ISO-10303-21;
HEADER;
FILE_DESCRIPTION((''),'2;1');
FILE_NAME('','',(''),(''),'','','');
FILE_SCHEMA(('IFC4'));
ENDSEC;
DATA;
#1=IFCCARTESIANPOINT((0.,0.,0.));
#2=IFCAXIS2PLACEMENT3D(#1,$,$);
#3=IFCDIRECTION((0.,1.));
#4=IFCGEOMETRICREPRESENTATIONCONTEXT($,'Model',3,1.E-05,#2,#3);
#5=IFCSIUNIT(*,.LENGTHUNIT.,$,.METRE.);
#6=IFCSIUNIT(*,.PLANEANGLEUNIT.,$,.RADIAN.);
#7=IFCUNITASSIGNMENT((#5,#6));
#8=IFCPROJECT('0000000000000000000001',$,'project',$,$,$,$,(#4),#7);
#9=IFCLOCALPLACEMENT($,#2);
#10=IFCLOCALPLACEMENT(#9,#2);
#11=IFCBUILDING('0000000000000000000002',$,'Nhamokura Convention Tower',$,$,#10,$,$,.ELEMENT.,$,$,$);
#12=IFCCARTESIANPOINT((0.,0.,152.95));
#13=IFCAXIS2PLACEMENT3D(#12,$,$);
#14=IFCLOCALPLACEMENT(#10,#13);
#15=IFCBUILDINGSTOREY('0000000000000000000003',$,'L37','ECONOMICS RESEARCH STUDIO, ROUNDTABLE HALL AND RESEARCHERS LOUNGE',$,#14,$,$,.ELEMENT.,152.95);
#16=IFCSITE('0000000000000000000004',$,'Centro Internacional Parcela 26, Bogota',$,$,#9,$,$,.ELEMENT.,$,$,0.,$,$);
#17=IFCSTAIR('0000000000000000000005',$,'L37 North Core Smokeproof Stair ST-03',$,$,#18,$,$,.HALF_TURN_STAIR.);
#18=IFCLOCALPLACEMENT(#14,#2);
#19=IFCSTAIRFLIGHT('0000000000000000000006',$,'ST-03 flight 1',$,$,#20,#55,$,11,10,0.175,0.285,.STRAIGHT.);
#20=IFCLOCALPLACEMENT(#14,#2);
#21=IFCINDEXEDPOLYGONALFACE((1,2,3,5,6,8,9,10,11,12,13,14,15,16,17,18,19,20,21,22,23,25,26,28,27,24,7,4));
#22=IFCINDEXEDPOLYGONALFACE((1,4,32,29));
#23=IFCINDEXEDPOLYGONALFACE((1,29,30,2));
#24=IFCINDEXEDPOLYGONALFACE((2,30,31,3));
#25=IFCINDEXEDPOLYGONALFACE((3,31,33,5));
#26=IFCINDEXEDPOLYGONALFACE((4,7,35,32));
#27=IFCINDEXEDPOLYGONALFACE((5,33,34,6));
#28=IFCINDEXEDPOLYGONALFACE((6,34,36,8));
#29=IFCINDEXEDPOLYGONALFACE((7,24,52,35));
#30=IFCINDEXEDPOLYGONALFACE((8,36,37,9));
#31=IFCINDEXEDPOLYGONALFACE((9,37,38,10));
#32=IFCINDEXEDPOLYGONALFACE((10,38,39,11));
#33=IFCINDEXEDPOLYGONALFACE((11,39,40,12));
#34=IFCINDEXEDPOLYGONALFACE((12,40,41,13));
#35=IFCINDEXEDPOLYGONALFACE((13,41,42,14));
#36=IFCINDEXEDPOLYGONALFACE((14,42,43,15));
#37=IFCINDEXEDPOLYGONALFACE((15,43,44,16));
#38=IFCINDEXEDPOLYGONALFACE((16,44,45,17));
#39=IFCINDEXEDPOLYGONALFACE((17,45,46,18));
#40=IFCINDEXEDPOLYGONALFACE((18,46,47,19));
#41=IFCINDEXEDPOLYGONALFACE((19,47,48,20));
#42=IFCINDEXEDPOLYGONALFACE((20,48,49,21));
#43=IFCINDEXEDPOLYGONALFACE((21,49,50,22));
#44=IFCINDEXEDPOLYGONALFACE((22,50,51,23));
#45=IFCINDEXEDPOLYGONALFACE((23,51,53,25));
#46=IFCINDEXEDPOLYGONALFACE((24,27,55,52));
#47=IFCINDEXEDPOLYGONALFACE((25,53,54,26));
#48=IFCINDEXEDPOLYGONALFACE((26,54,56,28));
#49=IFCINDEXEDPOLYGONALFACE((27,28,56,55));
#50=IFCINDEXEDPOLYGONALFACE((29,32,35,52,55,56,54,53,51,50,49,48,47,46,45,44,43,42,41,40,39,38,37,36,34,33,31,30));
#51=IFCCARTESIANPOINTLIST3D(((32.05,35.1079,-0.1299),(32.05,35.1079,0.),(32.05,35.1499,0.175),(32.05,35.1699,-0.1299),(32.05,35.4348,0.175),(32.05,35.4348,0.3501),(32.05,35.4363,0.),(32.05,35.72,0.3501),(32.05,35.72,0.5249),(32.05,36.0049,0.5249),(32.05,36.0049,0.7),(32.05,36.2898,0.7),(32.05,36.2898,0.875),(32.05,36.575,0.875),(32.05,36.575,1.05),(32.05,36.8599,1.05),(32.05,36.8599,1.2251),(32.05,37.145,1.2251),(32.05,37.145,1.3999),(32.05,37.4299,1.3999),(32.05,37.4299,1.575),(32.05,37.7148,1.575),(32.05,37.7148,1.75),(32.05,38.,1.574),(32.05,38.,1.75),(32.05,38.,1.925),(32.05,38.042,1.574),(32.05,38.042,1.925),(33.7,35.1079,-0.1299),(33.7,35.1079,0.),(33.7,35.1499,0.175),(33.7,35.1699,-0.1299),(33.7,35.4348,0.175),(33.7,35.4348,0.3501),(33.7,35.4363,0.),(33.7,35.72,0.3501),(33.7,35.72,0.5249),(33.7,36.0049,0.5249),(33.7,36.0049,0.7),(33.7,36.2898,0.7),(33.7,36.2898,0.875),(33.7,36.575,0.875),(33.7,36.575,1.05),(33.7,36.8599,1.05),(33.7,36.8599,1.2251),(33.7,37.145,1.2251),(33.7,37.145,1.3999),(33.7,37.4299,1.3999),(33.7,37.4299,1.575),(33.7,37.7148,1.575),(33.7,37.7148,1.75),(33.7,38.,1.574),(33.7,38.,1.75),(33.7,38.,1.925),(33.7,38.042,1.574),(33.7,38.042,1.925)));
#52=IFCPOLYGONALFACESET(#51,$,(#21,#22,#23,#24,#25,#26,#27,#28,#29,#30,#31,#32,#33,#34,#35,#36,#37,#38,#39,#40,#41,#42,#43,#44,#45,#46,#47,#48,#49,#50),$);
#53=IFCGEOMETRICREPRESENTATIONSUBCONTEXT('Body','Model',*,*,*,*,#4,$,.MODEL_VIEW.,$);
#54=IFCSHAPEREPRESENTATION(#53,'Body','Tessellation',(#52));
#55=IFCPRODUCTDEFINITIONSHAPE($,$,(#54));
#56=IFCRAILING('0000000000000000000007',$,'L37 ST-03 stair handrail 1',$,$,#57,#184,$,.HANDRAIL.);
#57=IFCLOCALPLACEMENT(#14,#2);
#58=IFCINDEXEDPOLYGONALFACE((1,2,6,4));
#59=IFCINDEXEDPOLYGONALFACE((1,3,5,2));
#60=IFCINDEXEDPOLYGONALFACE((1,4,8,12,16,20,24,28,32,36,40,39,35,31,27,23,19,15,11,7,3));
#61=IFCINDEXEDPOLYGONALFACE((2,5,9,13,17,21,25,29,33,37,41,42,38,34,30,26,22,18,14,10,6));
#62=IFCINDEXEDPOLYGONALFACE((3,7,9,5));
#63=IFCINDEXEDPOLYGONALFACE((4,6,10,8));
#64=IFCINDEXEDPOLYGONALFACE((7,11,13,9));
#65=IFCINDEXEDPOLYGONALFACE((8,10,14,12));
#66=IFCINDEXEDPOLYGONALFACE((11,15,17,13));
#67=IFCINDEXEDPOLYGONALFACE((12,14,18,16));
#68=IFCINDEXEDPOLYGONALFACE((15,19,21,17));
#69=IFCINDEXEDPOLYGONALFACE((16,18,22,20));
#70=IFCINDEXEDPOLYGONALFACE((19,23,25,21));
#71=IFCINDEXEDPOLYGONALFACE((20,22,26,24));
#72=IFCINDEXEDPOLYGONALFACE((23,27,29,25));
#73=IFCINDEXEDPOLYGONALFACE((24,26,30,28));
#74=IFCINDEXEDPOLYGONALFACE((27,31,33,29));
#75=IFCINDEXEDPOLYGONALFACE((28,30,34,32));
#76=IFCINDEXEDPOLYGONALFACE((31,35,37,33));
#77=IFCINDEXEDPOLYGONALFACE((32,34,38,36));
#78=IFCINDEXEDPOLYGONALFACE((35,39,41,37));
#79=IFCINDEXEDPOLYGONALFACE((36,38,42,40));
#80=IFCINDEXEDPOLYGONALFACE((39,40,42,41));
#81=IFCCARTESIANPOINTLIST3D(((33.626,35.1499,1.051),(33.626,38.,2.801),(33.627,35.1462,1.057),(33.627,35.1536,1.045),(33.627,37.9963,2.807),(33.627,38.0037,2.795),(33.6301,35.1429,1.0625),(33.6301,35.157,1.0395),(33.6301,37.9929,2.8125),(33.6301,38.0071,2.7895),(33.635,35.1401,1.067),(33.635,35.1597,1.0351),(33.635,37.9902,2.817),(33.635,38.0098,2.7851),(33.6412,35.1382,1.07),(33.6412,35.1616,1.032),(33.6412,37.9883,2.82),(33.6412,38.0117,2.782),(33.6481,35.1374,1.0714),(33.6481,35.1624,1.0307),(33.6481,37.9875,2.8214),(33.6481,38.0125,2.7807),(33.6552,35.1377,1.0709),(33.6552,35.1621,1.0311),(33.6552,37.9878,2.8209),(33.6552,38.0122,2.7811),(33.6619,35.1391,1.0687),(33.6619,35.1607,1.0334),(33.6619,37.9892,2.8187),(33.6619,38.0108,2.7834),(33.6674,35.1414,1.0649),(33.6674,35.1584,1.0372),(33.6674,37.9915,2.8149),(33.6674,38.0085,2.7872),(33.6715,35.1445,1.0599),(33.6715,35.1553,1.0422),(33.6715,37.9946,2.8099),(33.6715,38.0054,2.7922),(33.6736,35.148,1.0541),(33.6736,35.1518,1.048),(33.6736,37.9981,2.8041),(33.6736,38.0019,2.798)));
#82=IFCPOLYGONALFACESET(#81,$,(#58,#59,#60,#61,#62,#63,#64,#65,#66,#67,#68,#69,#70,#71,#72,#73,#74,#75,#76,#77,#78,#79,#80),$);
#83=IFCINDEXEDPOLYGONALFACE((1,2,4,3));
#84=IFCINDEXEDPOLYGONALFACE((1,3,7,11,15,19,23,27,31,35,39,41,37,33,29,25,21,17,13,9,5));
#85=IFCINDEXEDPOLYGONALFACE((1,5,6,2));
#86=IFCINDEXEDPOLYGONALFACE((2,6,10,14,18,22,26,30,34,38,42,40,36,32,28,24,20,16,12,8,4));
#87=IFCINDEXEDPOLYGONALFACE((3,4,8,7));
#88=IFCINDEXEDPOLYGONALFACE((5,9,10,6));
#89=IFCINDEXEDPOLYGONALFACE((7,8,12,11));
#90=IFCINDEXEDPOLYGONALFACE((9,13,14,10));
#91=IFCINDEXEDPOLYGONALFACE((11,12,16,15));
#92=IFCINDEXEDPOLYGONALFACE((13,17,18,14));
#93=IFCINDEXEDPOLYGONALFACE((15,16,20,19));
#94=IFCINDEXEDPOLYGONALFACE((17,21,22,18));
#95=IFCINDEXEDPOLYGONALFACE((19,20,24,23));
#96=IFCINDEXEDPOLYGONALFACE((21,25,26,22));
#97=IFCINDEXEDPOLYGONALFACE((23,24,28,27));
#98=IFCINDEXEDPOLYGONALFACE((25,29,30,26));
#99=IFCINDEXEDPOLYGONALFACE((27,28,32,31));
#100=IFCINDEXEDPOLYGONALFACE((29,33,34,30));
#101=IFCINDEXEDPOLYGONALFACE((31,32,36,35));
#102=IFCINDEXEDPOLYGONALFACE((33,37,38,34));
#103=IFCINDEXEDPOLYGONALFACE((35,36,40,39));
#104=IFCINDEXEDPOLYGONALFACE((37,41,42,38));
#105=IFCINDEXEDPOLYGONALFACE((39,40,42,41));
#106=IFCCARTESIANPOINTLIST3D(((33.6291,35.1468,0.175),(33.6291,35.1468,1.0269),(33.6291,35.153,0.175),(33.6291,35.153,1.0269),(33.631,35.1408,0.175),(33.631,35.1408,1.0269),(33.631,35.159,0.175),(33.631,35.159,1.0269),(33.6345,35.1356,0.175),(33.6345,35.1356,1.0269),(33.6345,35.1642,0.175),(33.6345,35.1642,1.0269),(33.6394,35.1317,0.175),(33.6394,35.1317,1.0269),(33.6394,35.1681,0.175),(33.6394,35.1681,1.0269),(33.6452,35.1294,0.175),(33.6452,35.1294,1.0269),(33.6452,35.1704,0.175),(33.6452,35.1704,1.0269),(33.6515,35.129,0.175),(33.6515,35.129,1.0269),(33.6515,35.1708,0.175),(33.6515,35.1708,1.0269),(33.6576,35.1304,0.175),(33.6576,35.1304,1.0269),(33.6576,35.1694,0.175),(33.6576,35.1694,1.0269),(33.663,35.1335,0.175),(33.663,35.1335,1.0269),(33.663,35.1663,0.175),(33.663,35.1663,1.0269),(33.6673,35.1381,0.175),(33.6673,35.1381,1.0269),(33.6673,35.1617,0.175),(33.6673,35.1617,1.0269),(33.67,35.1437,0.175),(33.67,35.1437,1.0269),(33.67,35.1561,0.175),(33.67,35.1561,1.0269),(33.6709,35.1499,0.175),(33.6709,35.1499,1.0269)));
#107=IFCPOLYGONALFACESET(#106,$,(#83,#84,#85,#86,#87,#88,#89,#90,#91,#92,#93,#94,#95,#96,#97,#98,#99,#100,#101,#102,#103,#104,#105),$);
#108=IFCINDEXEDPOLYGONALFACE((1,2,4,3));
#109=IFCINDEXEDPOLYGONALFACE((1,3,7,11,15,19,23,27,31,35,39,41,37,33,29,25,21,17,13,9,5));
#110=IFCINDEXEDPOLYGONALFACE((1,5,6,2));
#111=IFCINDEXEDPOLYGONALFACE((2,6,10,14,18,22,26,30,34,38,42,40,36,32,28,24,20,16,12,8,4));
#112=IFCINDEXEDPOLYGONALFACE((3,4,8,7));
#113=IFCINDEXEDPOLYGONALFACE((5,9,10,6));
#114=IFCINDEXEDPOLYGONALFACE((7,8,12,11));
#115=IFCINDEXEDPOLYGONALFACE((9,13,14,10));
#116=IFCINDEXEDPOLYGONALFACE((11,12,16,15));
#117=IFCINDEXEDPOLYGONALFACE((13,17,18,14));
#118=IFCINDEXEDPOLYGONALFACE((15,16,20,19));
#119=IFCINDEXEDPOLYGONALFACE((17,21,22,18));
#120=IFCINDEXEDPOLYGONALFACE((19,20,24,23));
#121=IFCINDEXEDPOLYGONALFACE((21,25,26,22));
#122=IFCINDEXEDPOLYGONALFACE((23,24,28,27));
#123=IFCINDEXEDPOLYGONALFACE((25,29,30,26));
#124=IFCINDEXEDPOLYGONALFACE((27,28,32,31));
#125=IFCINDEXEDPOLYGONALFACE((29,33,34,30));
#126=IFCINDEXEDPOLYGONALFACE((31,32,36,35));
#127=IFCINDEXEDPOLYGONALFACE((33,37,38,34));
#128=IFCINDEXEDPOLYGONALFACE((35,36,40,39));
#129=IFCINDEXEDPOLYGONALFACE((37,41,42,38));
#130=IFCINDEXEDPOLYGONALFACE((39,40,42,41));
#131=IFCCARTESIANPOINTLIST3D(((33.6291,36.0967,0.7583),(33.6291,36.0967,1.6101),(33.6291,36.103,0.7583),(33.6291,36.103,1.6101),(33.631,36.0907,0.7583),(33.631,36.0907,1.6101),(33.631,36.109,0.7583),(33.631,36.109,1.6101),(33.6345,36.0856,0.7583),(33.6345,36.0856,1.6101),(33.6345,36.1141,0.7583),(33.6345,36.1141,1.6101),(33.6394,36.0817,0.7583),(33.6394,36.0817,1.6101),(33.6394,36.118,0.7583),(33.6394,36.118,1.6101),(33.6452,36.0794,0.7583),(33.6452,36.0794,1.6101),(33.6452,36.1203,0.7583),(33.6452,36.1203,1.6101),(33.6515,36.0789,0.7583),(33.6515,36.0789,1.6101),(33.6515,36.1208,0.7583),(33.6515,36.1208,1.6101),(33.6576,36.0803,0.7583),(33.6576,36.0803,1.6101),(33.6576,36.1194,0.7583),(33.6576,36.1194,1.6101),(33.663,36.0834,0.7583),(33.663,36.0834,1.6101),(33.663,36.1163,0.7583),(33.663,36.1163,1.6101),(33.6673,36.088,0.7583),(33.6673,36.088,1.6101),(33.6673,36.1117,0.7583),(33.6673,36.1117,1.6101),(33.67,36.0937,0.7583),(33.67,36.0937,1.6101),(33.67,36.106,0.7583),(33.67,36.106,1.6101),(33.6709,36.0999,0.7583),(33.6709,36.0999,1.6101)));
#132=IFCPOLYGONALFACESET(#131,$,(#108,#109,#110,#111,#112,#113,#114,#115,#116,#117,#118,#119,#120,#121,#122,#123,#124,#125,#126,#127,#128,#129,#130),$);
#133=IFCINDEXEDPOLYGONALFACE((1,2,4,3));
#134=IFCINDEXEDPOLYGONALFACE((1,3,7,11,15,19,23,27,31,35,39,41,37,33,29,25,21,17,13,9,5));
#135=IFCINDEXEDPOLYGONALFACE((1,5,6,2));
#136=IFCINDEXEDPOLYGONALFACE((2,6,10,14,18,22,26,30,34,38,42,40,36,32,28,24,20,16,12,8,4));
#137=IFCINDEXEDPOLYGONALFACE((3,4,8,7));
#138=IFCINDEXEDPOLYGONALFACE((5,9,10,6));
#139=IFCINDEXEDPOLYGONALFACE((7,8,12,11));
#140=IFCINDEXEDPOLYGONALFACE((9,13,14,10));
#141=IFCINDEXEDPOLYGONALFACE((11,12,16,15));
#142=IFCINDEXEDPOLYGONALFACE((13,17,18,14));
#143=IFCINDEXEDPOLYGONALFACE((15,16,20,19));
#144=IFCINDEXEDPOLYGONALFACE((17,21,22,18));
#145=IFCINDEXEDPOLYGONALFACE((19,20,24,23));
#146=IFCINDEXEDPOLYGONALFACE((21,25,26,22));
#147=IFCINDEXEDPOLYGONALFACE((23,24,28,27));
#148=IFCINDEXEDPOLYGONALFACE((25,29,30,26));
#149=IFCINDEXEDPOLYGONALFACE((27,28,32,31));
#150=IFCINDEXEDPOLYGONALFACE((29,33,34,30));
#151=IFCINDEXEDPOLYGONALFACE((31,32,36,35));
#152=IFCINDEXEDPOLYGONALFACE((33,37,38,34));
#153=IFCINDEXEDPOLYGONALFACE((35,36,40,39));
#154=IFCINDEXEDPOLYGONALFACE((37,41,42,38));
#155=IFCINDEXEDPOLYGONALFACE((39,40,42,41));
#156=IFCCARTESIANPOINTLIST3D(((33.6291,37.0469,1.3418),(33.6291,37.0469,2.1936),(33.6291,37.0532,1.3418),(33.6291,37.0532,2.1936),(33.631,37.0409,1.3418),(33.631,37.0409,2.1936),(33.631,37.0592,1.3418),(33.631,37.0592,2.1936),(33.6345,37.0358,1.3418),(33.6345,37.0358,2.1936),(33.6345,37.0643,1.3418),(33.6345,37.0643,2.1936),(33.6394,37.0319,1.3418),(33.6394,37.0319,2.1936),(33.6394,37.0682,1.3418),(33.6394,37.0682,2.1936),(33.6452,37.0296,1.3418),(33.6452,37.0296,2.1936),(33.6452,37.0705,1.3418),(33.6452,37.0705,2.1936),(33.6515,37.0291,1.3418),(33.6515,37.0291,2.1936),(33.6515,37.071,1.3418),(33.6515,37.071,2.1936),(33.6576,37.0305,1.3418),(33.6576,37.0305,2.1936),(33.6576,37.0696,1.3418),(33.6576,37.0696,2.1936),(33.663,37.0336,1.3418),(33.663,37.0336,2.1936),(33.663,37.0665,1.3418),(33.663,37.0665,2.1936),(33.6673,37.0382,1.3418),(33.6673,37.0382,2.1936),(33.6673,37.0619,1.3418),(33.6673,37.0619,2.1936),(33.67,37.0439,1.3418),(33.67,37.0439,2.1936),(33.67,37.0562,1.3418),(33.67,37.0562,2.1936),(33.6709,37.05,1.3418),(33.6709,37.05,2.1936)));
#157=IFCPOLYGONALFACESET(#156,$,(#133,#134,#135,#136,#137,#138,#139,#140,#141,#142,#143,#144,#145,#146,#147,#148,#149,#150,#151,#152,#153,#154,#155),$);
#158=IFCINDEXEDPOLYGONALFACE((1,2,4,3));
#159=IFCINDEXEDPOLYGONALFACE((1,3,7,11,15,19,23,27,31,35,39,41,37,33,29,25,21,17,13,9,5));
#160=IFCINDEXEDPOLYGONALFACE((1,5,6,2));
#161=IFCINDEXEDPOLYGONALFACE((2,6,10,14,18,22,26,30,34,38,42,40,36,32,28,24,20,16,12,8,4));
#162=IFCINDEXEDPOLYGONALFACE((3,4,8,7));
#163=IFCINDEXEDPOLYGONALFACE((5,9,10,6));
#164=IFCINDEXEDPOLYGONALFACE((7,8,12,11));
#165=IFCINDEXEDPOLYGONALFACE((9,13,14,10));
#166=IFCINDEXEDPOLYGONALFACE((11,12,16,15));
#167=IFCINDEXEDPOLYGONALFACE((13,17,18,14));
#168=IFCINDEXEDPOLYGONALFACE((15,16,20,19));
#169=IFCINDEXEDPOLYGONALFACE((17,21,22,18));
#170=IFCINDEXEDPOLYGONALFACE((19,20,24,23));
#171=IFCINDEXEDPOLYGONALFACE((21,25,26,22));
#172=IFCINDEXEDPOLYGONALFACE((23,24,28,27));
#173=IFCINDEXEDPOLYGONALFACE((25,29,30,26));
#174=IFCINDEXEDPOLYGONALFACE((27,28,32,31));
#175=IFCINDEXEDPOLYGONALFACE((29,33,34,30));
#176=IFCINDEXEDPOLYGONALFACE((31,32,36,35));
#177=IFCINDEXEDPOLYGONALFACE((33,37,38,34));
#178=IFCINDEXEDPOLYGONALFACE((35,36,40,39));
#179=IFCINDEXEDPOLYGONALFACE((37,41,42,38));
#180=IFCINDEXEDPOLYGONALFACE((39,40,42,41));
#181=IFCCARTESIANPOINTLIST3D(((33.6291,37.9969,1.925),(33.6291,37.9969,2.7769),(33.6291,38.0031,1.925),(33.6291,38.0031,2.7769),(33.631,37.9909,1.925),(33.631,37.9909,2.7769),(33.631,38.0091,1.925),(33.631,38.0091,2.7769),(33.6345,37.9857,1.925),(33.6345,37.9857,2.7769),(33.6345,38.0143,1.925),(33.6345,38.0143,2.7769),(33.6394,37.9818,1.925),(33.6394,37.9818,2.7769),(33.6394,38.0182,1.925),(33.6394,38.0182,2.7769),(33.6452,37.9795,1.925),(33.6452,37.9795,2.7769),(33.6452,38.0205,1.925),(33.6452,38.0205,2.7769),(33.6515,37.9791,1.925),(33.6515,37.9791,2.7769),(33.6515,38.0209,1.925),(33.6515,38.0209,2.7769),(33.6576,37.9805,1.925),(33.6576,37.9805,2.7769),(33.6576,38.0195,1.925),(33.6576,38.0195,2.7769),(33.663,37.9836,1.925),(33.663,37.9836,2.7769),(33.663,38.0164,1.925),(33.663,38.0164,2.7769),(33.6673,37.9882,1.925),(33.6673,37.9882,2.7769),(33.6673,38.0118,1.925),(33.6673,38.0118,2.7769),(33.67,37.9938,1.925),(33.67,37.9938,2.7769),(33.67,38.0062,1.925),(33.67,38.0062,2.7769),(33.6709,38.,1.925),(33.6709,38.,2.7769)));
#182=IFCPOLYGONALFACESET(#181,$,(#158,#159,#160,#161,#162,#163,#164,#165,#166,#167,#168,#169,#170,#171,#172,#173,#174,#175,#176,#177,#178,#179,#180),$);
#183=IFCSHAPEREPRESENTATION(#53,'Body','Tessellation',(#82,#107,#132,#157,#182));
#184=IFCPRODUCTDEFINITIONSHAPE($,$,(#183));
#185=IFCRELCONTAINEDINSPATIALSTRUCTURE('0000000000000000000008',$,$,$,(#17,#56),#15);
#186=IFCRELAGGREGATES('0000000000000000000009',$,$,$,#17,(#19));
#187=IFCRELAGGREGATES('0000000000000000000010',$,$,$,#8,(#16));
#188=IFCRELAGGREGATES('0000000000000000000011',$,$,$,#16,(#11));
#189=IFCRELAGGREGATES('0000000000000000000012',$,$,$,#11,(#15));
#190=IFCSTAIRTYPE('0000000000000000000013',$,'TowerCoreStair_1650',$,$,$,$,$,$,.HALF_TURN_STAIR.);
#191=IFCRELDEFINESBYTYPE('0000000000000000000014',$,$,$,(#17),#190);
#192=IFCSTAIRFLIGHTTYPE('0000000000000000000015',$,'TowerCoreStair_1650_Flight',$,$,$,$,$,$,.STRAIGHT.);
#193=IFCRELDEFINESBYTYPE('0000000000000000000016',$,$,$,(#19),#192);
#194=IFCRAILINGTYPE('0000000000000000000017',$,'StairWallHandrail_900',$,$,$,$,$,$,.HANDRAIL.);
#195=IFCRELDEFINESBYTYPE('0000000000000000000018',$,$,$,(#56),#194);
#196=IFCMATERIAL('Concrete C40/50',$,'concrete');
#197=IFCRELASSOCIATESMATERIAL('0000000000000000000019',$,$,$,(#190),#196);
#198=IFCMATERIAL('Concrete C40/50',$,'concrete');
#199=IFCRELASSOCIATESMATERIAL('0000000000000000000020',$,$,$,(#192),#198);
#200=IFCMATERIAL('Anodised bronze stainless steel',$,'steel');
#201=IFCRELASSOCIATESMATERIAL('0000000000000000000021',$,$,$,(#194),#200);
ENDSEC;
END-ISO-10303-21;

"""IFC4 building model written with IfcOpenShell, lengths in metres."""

from ifc_helpers import new_model, si_unit, direction, frame, origin, origin_2d, place, context, subcontext, project, spatial, polyline, circle, outline, extrude, material, type_object, element, aggregate, save


model = new_model("IFC4")

# Units and contexts
model_context = context("Model", 3, precision=1e-05, world=origin(), true_north=direction((0.0, 1.0)))
body_context = subcontext(model_context, "Body", "Model", "MODEL_VIEW")
ifc_project = project(units=[si_unit("LENGTHUNIT", "METRE"), si_unit("PLANEANGLEUNIT", "RADIAN")], contexts=[model_context])

# Site, building, storey
site_placement = place(None, origin())
site = spatial("IfcSite", under=ifc_project, at=site_placement, Name="Centro Internacional Parcela 26, Bogota", CompositionType="ELEMENT", RefElevation=0.0)
building_placement = place(site_placement, origin())
building = spatial("IfcBuilding", under=site, at=building_placement, Name="Nhamokura Convention Tower", CompositionType="ELEMENT")
storey_placement = place(building_placement, frame((0.0, 0.0, 152.95)))
storey = spatial("IfcBuildingStorey", under=building, at=storey_placement, Name="L37", Description="ECONOMICS RESEARCH STUDIO, ROUNDTABLE HALL AND RESEARCHERS LOUNGE", CompositionType="ELEMENT", Elevation=152.95)

# Stair, stair flight
ifc_material_1 = material(Name="Concrete C40/50", Category="concrete")
stair_type = type_object("IfcStairType", Name="TowerCoreStair_1650", PredefinedType="HALF_TURN_STAIR", material=ifc_material_1)
stair_placement = place(storey_placement, origin())
stair = element("IfcStair", 1, at=stair_placement, inside=storey, type_object=stair_type, Name="L37 North Core Smokeproof Stair ST-03", PredefinedType="HALF_TURN_STAIR")
ifc_material_2 = material(Name="Concrete C40/50", Category="concrete")
stair_flight_type = type_object("IfcStairFlightType", Name="TowerCoreStair_1650_Flight", PredefinedType="STRAIGHT", material=ifc_material_2)
stair_flight_placement = place(storey_placement, frame((32.875, 35.1499, 0.0), z_axis=(0.0, 0.0, 1.0), x_axis=(0.0, 1.0, 0.0)))
stair_flight = element("IfcStairFlight", 2, at=stair_flight_placement, type_object=stair_flight_type, Name="ST-03 flight 1", NumberOfRisers=11, NumberOfTreads=10, PredefinedType="STRAIGHT", RiserHeight=0.175, TreadLength=0.285, context=body_context, shape_type="SweptSolid", body=[
    extrude(outline(polyline([(-0.042, 0.0), (0.0, 0.175), (0.2849, 0.175), (0.2849, 0.3501), (0.5701, 0.3501), (0.5701, 0.5249), (0.855, 0.5249), (0.855, 0.7), (1.1399, 0.7), (1.1399, 0.875), (1.425, 0.875), (1.425, 1.05), (1.71, 1.05), (1.71, 1.2251), (1.9951, 1.2251), (1.9951, 1.3999), (2.28, 1.3999), (2.28, 1.575), (2.5649, 1.575), (2.5649, 1.75), (2.8501, 1.75), (2.8501, 1.925), (2.8921, 1.925), (2.8921, 1.574), (2.8501, 1.574), (0.2864, 0.0), (0.02, -0.1299), (-0.042, -0.1299), (-0.042, 0.0)])), frame((0.0, 0.825, 0.0), z_axis=(0.0, -1.0, 0.0), x_axis=(1.0, 0.0, 0.0)), (0.0, 0.0, 1.0), 1.6499),
])
aggregate(stair, [stair_flight])

# Railing
ifc_material_3 = material(Name="Anodised bronze stainless steel", Category="steel")
railing_type_1 = type_object("IfcRailingType", Name="StairWallHandrail_900", PredefinedType="HANDRAIL", material=ifc_material_3)
railing_1_placement = place(storey_placement, frame((33.6499, 35.1499, 0.175)))
element("IfcRailing", 3, at=railing_1_placement, inside=storey, type_object=railing_type_1, Name="L37 ST-03 stair handrail 1", PredefinedType="HANDRAIL", context=body_context, shape_type="SweptSolid", body=[
    extrude(circle(Radius=0.0239, at=origin_2d()), frame((0.0, 0.0, 0.876), z_axis=(0.0, 0.852179, 0.52325), x_axis=(-1.0, 0.0, 0.0)), (0.0, 0.0, 1.0), 3.3445),
    extrude(circle(Radius=0.021, at=origin_2d()), origin(), (0.0, 0.0, 1.0), 0.8518),
    extrude(circle(Radius=0.021, at=origin_2d()), frame((0.0, 0.95, 0.5833)), (0.0, 0.0, 1.0), 0.8518),
    extrude(circle(Radius=0.021, at=origin_2d()), frame((0.0, 1.9001, 1.1667)), (0.0, 0.0, 1.0), 0.8518),
    extrude(circle(Radius=0.021, at=origin_2d()), frame((0.0, 2.8501, 1.75)), (0.0, 0.0, 1.0), 0.8518),
])

save(model, "model.ifc")
